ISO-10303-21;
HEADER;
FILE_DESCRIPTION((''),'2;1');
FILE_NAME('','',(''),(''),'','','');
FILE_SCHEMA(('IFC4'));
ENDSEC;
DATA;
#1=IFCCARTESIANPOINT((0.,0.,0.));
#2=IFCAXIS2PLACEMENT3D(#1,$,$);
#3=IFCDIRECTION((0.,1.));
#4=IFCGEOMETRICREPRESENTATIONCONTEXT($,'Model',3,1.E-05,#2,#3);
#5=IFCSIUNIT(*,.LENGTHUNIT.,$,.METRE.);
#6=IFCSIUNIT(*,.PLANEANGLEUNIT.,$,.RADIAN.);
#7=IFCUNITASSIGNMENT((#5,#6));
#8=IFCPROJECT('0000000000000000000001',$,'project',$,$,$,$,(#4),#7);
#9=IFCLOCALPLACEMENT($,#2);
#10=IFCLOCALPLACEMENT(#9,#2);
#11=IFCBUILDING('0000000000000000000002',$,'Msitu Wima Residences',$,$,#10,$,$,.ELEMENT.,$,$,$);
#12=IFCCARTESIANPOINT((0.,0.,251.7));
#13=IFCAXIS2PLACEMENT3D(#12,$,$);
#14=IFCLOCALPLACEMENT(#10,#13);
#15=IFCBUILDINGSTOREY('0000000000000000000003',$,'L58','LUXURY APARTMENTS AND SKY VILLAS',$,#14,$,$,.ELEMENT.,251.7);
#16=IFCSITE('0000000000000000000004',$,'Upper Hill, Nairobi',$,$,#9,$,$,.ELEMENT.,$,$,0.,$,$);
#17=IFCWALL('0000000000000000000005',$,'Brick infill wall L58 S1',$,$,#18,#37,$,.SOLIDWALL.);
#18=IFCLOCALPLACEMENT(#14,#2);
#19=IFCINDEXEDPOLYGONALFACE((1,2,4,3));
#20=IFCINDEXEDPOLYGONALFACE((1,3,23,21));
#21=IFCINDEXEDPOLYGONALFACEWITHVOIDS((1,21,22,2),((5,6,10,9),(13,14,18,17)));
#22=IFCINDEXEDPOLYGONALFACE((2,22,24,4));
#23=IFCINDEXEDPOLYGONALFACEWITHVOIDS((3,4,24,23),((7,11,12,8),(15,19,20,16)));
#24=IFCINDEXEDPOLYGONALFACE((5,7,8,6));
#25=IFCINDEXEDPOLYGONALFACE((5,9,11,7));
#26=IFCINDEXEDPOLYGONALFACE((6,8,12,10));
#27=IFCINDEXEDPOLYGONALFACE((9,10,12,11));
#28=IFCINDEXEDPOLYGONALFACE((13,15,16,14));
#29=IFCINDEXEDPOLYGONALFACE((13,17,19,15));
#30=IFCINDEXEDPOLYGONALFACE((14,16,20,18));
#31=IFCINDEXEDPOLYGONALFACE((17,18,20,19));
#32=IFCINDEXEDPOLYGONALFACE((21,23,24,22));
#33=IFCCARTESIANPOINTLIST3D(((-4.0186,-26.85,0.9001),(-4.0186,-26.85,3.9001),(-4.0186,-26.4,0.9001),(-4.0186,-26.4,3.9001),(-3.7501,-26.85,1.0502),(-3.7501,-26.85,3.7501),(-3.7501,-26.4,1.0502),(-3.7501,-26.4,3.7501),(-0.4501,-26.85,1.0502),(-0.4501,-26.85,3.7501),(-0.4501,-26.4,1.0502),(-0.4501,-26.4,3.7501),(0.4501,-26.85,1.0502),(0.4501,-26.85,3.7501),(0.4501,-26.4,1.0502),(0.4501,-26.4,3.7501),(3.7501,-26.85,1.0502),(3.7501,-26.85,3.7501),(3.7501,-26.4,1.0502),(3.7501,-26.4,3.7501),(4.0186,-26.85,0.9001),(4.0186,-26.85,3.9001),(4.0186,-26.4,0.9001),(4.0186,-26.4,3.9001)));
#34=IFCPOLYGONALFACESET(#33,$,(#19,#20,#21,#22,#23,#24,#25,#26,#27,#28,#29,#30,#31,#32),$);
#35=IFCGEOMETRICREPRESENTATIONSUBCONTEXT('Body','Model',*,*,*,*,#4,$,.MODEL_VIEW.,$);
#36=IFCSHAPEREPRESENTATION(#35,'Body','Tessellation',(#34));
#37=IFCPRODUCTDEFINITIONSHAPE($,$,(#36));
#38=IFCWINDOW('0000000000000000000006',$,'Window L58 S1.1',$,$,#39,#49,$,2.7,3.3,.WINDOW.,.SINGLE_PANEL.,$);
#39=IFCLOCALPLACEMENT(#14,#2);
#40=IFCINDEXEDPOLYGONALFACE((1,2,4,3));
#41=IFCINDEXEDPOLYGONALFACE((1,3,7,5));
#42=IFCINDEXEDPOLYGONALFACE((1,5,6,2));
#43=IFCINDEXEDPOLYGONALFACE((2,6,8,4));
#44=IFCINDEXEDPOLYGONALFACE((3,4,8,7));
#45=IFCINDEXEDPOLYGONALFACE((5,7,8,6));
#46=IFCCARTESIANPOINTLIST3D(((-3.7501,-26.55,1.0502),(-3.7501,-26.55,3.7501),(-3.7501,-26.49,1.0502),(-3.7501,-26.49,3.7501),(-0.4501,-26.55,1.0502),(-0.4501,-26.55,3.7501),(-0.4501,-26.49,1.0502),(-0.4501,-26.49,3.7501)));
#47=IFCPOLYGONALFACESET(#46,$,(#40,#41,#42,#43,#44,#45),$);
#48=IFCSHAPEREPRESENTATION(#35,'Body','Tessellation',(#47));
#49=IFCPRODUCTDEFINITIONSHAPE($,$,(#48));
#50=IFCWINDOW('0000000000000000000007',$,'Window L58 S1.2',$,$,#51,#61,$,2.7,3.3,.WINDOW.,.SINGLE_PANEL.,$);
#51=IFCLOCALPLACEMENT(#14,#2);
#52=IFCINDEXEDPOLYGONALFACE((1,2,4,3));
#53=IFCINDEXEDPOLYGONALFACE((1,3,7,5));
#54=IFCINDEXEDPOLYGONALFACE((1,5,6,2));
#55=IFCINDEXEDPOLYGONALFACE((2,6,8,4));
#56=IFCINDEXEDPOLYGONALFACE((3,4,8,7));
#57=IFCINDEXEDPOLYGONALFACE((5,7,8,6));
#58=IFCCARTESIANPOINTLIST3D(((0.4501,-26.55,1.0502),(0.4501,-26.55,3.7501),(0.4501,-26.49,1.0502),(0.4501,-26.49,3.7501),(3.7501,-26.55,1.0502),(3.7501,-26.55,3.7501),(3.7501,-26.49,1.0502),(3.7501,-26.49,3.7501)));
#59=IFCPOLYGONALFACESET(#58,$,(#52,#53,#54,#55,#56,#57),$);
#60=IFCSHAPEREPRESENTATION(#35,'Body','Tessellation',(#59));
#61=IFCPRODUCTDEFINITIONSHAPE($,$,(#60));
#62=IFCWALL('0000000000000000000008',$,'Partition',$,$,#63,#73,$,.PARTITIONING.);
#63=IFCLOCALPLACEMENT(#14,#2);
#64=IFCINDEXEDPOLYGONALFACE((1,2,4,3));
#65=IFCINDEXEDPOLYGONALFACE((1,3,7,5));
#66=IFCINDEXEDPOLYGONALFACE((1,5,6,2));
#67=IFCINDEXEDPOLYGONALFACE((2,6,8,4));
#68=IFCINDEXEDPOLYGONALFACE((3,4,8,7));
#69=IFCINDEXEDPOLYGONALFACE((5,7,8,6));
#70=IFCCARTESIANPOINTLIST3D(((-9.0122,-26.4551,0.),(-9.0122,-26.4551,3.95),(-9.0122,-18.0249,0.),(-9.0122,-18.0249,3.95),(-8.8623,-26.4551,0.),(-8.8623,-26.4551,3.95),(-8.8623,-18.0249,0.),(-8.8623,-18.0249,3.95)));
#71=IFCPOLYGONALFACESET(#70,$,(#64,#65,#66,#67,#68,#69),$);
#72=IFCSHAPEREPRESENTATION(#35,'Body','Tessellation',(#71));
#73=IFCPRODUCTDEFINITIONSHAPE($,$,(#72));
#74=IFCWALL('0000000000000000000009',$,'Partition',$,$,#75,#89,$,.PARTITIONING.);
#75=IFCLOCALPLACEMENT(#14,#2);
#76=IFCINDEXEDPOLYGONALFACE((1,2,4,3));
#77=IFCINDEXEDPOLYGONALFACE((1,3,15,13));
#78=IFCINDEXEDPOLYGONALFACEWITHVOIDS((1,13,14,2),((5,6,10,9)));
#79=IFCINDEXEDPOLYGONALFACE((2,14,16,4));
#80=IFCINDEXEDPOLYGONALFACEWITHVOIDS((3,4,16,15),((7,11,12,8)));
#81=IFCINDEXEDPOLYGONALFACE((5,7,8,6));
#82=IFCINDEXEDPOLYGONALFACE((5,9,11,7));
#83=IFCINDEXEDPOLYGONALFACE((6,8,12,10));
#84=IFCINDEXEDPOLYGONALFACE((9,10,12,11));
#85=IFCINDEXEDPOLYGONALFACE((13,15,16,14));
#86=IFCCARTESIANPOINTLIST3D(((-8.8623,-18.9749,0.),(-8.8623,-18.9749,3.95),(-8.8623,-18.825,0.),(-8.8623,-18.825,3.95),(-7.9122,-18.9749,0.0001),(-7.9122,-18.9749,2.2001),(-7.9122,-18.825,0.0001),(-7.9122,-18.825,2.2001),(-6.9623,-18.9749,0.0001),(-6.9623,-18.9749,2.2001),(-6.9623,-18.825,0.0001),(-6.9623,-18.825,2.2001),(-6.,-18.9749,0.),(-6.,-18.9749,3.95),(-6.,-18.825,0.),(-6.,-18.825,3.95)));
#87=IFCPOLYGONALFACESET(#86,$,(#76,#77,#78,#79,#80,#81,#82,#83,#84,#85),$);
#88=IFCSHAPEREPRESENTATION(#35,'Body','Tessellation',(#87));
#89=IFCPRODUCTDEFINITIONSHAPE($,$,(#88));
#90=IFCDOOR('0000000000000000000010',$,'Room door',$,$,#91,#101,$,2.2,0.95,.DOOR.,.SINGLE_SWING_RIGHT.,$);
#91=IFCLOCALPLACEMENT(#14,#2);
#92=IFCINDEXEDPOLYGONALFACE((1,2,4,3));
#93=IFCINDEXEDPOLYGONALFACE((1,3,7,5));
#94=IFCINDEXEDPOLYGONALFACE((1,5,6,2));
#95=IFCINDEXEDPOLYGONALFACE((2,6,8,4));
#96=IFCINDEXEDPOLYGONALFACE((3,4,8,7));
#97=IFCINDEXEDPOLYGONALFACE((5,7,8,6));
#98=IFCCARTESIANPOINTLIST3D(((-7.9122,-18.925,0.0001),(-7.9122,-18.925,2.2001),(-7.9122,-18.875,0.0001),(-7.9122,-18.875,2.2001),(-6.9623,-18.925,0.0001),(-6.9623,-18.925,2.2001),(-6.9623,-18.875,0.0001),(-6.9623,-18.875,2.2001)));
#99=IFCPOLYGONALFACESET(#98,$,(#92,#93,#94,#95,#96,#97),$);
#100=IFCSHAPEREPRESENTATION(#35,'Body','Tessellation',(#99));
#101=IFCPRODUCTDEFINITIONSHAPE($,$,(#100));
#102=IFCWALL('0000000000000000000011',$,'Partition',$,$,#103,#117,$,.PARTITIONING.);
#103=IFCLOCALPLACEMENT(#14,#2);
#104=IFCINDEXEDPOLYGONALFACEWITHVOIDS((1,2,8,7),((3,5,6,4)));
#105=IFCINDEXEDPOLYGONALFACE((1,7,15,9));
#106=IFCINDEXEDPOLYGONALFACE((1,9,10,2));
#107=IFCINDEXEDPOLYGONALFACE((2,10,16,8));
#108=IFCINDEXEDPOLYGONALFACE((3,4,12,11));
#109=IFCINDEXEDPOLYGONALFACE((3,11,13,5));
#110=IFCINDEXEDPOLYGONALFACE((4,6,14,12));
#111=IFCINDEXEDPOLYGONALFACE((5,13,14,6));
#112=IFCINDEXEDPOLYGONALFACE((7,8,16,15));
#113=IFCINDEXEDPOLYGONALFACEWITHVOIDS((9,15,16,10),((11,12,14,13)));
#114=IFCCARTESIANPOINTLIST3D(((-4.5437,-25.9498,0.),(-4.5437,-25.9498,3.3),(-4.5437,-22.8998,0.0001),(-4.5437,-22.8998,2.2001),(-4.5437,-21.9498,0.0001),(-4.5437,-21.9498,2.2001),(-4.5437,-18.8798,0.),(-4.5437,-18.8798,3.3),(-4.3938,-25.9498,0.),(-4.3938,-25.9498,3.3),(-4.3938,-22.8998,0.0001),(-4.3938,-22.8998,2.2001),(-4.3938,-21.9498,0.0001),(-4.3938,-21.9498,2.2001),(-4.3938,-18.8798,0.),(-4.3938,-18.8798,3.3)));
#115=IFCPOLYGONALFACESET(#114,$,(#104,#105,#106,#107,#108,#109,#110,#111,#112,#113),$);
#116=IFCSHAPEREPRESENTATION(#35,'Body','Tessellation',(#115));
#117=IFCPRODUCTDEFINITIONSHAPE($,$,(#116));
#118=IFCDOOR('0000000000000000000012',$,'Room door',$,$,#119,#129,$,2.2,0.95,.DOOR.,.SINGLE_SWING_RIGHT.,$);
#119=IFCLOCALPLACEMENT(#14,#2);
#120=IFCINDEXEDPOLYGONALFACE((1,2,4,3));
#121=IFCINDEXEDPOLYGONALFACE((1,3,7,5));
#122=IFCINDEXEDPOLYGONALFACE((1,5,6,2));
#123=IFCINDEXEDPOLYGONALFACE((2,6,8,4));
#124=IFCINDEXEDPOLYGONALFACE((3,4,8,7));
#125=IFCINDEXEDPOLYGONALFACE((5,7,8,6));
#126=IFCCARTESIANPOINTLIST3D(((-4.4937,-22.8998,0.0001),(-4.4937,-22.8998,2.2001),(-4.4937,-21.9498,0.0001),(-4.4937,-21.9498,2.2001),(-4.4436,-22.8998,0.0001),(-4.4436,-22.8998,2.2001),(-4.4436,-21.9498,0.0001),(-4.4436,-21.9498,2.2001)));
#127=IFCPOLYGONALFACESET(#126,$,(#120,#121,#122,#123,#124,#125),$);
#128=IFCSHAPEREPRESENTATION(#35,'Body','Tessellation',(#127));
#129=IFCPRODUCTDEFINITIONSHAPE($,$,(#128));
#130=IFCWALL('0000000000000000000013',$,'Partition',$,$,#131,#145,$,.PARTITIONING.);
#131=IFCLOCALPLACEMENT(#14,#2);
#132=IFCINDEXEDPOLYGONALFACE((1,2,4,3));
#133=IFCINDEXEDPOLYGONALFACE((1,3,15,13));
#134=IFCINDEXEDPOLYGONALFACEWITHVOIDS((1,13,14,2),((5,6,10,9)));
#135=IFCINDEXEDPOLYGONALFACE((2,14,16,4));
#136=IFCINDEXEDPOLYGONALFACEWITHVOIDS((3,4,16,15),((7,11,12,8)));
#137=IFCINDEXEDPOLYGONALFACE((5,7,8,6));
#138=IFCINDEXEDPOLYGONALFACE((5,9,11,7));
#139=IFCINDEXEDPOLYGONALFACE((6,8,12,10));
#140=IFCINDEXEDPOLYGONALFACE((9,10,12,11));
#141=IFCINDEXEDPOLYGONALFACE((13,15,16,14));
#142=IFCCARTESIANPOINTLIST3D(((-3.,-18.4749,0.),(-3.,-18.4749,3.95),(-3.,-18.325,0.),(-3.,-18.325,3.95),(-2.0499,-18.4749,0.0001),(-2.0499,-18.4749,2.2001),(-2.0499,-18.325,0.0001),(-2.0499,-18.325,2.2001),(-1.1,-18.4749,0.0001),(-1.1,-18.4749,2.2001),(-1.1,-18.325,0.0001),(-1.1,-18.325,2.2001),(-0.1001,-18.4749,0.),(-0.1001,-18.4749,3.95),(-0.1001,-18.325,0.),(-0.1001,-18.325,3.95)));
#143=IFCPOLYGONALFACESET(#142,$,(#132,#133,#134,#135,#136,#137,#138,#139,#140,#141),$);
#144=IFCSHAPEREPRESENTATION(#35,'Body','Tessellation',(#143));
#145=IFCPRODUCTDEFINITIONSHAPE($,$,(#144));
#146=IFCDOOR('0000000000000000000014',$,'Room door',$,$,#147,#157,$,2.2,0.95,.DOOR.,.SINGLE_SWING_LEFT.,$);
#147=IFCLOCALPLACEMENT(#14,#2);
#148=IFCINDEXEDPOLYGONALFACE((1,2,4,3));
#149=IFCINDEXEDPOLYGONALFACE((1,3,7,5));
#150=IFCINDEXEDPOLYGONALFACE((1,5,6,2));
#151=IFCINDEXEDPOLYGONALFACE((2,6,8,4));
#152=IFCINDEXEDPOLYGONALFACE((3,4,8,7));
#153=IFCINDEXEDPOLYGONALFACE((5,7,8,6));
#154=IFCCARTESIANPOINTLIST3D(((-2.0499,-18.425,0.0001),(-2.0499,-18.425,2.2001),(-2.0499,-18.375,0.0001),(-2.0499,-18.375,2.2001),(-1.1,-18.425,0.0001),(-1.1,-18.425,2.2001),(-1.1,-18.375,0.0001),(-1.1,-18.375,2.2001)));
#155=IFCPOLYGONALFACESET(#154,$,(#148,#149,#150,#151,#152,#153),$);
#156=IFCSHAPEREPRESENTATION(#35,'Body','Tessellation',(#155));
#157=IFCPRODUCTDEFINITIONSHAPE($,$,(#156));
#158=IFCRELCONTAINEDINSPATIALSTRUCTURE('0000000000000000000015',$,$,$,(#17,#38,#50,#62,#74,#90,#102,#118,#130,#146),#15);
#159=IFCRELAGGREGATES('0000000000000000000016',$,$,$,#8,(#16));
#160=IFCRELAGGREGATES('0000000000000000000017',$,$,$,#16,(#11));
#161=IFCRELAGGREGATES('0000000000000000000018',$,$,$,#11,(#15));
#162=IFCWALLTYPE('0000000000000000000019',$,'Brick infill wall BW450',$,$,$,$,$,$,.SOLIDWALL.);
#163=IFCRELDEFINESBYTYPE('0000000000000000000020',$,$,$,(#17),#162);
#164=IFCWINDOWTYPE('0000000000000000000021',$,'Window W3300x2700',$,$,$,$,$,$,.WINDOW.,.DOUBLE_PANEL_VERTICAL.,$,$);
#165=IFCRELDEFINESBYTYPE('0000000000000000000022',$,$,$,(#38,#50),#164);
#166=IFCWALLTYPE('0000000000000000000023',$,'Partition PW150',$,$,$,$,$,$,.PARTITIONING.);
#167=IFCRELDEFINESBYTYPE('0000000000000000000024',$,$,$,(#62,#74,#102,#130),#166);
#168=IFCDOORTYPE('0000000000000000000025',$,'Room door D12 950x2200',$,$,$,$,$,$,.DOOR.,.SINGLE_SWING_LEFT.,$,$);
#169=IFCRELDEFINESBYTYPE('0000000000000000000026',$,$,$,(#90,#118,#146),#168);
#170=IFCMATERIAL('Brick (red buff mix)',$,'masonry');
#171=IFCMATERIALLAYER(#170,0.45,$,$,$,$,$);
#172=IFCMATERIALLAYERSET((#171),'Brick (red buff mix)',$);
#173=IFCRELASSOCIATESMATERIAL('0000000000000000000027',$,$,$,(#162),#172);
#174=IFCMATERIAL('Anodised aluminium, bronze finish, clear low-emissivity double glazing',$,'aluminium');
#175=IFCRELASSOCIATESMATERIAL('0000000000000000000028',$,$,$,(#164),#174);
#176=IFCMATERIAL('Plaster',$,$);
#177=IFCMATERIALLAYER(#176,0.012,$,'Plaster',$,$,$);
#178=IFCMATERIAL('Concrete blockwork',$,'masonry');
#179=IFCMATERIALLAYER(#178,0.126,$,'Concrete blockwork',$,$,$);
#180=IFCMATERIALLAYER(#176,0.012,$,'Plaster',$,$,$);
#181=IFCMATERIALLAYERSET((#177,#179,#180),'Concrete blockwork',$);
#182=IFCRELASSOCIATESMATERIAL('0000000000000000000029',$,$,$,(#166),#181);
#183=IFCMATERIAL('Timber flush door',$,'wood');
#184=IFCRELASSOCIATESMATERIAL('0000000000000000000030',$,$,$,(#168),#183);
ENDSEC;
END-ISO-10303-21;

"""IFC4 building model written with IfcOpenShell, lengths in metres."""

from ifc_helpers import new_model, si_unit, direction, frame, frame_2d, origin, place, context, subcontext, project, spatial, rectangle, extrude, material, layer, layer_set, type_object, element, fill, save


model = new_model("IFC4")

# Units and contexts
model_context = context("Model", 3, precision=1e-05, world=origin(), true_north=direction((0.0, 1.0)))
body_context = subcontext(model_context, "Body", "Model", "MODEL_VIEW")
ifc_project = project(units=[si_unit("LENGTHUNIT", "METRE"), si_unit("PLANEANGLEUNIT", "RADIAN")], contexts=[model_context])

# Site, building, storey
site_placement = place(None, origin())
site = spatial("IfcSite", under=ifc_project, at=site_placement, Name="Upper Hill, Nairobi", CompositionType="ELEMENT", RefElevation=0.0)
building_placement = place(site_placement, origin())
building = spatial("IfcBuilding", under=site, at=building_placement, Name="Msitu Wima Residences", CompositionType="ELEMENT")
storey_placement = place(building_placement, frame((0.0, 0.0, 251.7)))
storey = spatial("IfcBuildingStorey", under=building, at=storey_placement, Name="L58", Description="LUXURY APARTMENTS AND SKY VILLAS", CompositionType="ELEMENT", Elevation=251.7)

# Shared definitions
ifc_material_1 = material(Name="Brick (red buff mix)", Category="masonry")
ifc_layer_1 = layer(ifc_material_1, 0.45)
ifc_layer_set_1 = layer_set([ifc_layer_1], Name="Brick (red buff mix)")
wall_type_1 = type_object("IfcWallType", Name="Brick infill wall BW450", PredefinedType="SOLIDWALL", material=ifc_layer_set_1)
ifc_material_2 = material(Name="Anodised aluminium, bronze finish, clear low-emissivity double glazing", Category="aluminium")
window_type = type_object("IfcWindowType", Name="Window W3300x2700", PartitioningType="DOUBLE_PANEL_VERTICAL", PredefinedType="WINDOW", material=ifc_material_2)

# Wall, openings, windows
wall_1_placement = place(storey_placement, frame((-4.0186, -26.625, 0.9001), z_axis=(0.0, 0.0, 1.0), x_axis=(1.0, 0.0, 0.0)))
wall_1 = element("IfcWall", 1, at=wall_1_placement, inside=storey, type_object=wall_type_1, Name="Brick infill wall L58 S1", PredefinedType="SOLIDWALL", context=body_context, shape_type="SweptSolid", body=[
    extrude(rectangle(XDim=8.0371, YDim=0.45, at=frame_2d((4.0186, 0.0))), origin(), (0.0, 0.0, 1.0), 3.0),
])
opening_1_placement = place(wall_1_placement, frame((0.2686, 0.0, 0.1499)))
opening_1 = element("IfcOpeningElement", 2, at=opening_1_placement, cuts=wall_1, PredefinedType="OPENING", context=body_context, shape_type="SweptSolid", body=[
    extrude(rectangle(XDim=3.3, YDim=2.7, at=frame_2d((1.6499, 1.3501))), frame((0.0, 0.2349, 0.0), z_axis=(0.0, -1.0, 0.0), x_axis=(1.0, 0.0, 0.0)), (0.0, 0.0, 1.0), 0.47),
])
opening_2_placement = place(wall_1_placement, frame((4.4688, 0.0, 0.1499)))
opening_2 = element("IfcOpeningElement", 3, at=opening_2_placement, cuts=wall_1, PredefinedType="OPENING", context=body_context, shape_type="SweptSolid", body=[
    extrude(rectangle(XDim=3.3, YDim=2.7, at=frame_2d((1.6499, 1.3501))), frame((0.0, 0.2349, 0.0), z_axis=(0.0, -1.0, 0.0), x_axis=(1.0, 0.0, 0.0)), (0.0, 0.0, 1.0), 0.47),
])
window_1_placement = place(opening_1_placement, origin())
window_1 = element("IfcWindow", 4, at=window_1_placement, inside=storey, type_object=window_type, Name="Window L58 S1.1", OverallHeight=2.7, OverallWidth=3.3, PartitioningType="SINGLE_PANEL", PredefinedType="WINDOW", context=body_context, shape_type="SweptSolid", body=[
    extrude(rectangle(XDim=3.3, YDim=2.7, at=frame_2d((1.6499, 1.3501))), frame((0.0, 0.135, 0.0), z_axis=(0.0, -1.0, 0.0), x_axis=(1.0, 0.0, 0.0)), (0.0, 0.0, 1.0), 0.0601),
])
fill(opening_1, window_1)
window_2_placement = place(opening_2_placement, origin())
window_2 = element("IfcWindow", 5, at=window_2_placement, inside=storey, type_object=window_type, Name="Window L58 S1.2", OverallHeight=2.7, OverallWidth=3.3, PartitioningType="SINGLE_PANEL", PredefinedType="WINDOW", context=body_context, shape_type="SweptSolid", body=[
    extrude(rectangle(XDim=3.3, YDim=2.7, at=frame_2d((1.6499, 1.3501))), frame((0.0, 0.135, 0.0), z_axis=(0.0, -1.0, 0.0), x_axis=(1.0, 0.0, 0.0)), (0.0, 0.0, 1.0), 0.0601),
])
fill(opening_2, window_2)

# Wall
ifc_material_3 = material(Name="Plaster")
ifc_layer_2 = layer(ifc_material_3, 0.012, Name="Plaster")
ifc_material_4 = material(Name="Concrete blockwork", Category="masonry")
ifc_layer_3 = layer(ifc_material_4, 0.126, Name="Concrete blockwork")
ifc_layer_4 = layer(ifc_material_3, 0.012, Name="Plaster")
ifc_layer_set_2 = layer_set([ifc_layer_2, ifc_layer_3, ifc_layer_4], Name="Concrete blockwork")
wall_type_2 = type_object("IfcWallType", Name="Partition PW150", PredefinedType="PARTITIONING", material=ifc_layer_set_2)
wall_2_placement = place(storey_placement, frame((-8.9373, -26.4551, 0.0), z_axis=(0.0, 0.0, 1.0), x_axis=(0.0, 1.0, 0.0)))
element("IfcWall", 6, at=wall_2_placement, inside=storey, type_object=wall_type_2, Name="Partition", PredefinedType="PARTITIONING", context=body_context, shape_type="SweptSolid", body=[
    extrude(rectangle(XDim=8.4302, YDim=0.1499, at=frame_2d((4.2151, 0.0))), origin(), (0.0, 0.0, 1.0), 3.95),
])

# Walls, openings, doors
wall_3_placement = place(storey_placement, frame((-8.8623, -18.8999, 0.0), z_axis=(0.0, 0.0, 1.0), x_axis=(1.0, 0.0, 0.0)))
wall_3 = element("IfcWall", 7, at=wall_3_placement, inside=storey, type_object=wall_type_2, Name="Partition", PredefinedType="PARTITIONING", context=body_context, shape_type="SweptSolid", body=[
    extrude(rectangle(XDim=2.8623, YDim=0.1499, at=frame_2d((1.4312, 0.0))), origin(), (0.0, 0.0, 1.0), 3.95),
])
opening_3_placement = place(wall_3_placement, frame((0.95, 0.0, 0.0)))
opening_3 = element("IfcOpeningElement", 8, at=opening_3_placement, cuts=wall_3, PredefinedType="OPENING", context=body_context, shape_type="SweptSolid", body=[
    extrude(rectangle(XDim=0.95, YDim=2.2, at=frame_2d((0.4751, 1.1001))), frame((0.0, 0.085, 0.0), z_axis=(0.0, -1.0, 0.0), x_axis=(1.0, 0.0, 0.0)), (0.0, 0.0, 1.0), 0.1699),
])
ifc_material_5 = material(Name="Timber flush door", Category="wood")
door_type_1 = type_object("IfcDoorType", Name="Room door D12 950x2200", OperationType="SINGLE_SWING_LEFT", PredefinedType="DOOR", material=ifc_material_5)
door_1_placement = place(opening_3_placement, origin())
door_1 = element("IfcDoor", 9, at=door_1_placement, inside=storey, type_object=door_type_1, Name="Room door", OperationType="SINGLE_SWING_RIGHT", OverallHeight=2.2, OverallWidth=0.95, PredefinedType="DOOR", context=body_context, shape_type="SweptSolid", body=[
    extrude(rectangle(XDim=0.95, YDim=2.2, at=frame_2d((0.4751, 1.1001))), frame((0.0, 0.0249, 0.0), z_axis=(0.0, -1.0, 0.0), x_axis=(1.0, 0.0, 0.0)), (0.0, 0.0, 1.0), 0.05),
])
fill(opening_3, door_1)
wall_4_placement = place(storey_placement, frame((-4.4688, -25.95, 0.0), z_axis=(0.0, 0.0, 1.0), x_axis=(0.0, 1.0, 0.0)))
wall_4 = element("IfcWall", 10, at=wall_4_placement, inside=storey, type_object=wall_type_2, Name="Partition", PredefinedType="PARTITIONING", context=body_context, shape_type="SweptSolid", body=[
    extrude(rectangle(XDim=7.0701, YDim=0.1499, at=frame_2d((3.5352, 0.0))), origin(), (0.0, 0.0, 1.0), 3.3),
])
opening_4_placement = place(wall_4_placement, frame((3.05, 0.0, 0.0)))
opening_4 = element("IfcOpeningElement", 11, at=opening_4_placement, cuts=wall_4, PredefinedType="OPENING", context=body_context, shape_type="SweptSolid", body=[
    extrude(rectangle(XDim=0.95, YDim=2.2, at=frame_2d((0.4751, 1.1001))), frame((0.0, 0.085, 0.0), z_axis=(0.0, -1.0, 0.0), x_axis=(1.0, 0.0, 0.0)), (0.0, 0.0, 1.0), 0.1699),
])
door_2_placement = place(opening_4_placement, origin())
door_2 = element("IfcDoor", 12, at=door_2_placement, inside=storey, type_object=door_type_1, Name="Room door", OperationType="SINGLE_SWING_RIGHT", OverallHeight=2.2, OverallWidth=0.95, PredefinedType="DOOR", context=body_context, shape_type="SweptSolid", body=[
    extrude(rectangle(XDim=0.95, YDim=2.2, at=frame_2d((0.4751, 1.1001))), frame((0.0, 0.0249, 0.0), z_axis=(0.0, -1.0, 0.0), x_axis=(1.0, 0.0, 0.0)), (0.0, 0.0, 1.0), 0.05),
])
fill(opening_4, door_2)
wall_5_placement = place(storey_placement, frame((-3.0, -18.3999, 0.0), z_axis=(0.0, 0.0, 1.0), x_axis=(1.0, 0.0, 0.0)))
wall_5 = element("IfcWall", 13, at=wall_5_placement, inside=storey, type_object=wall_type_2, Name="Partition", PredefinedType="PARTITIONING", context=body_context, shape_type="SweptSolid", body=[
    extrude(rectangle(XDim=2.8999, YDim=0.1499, at=frame_2d((1.45, 0.0))), origin(), (0.0, 0.0, 1.0), 3.95),
])
opening_5_placement = place(wall_5_placement, frame((0.95, 0.0, 0.0)))
opening_5 = element("IfcOpeningElement", 14, at=opening_5_placement, cuts=wall_5, PredefinedType="OPENING", context=body_context, shape_type="SweptSolid", body=[
    extrude(rectangle(XDim=0.95, YDim=2.2, at=frame_2d((0.4751, 1.1001))), frame((0.0, 0.085, 0.0), z_axis=(0.0, -1.0, 0.0), x_axis=(1.0, 0.0, 0.0)), (0.0, 0.0, 1.0), 0.1699),
])
door_3_placement = place(opening_5_placement, origin())
door_3 = element("IfcDoor", 15, at=door_3_placement, inside=storey, type_object=door_type_1, Name="Room door", OperationType="SINGLE_SWING_LEFT", OverallHeight=2.2, OverallWidth=0.95, PredefinedType="DOOR", context=body_context, shape_type="SweptSolid", body=[
    extrude(rectangle(XDim=0.95, YDim=2.2, at=frame_2d((0.4751, 1.1001))), frame((0.0, 0.0249, 0.0), z_axis=(0.0, -1.0, 0.0), x_axis=(1.0, 0.0, 0.0)), (0.0, 0.0, 1.0), 0.05),
])
fill(opening_5, door_3)

save(model, "model.ifc")
